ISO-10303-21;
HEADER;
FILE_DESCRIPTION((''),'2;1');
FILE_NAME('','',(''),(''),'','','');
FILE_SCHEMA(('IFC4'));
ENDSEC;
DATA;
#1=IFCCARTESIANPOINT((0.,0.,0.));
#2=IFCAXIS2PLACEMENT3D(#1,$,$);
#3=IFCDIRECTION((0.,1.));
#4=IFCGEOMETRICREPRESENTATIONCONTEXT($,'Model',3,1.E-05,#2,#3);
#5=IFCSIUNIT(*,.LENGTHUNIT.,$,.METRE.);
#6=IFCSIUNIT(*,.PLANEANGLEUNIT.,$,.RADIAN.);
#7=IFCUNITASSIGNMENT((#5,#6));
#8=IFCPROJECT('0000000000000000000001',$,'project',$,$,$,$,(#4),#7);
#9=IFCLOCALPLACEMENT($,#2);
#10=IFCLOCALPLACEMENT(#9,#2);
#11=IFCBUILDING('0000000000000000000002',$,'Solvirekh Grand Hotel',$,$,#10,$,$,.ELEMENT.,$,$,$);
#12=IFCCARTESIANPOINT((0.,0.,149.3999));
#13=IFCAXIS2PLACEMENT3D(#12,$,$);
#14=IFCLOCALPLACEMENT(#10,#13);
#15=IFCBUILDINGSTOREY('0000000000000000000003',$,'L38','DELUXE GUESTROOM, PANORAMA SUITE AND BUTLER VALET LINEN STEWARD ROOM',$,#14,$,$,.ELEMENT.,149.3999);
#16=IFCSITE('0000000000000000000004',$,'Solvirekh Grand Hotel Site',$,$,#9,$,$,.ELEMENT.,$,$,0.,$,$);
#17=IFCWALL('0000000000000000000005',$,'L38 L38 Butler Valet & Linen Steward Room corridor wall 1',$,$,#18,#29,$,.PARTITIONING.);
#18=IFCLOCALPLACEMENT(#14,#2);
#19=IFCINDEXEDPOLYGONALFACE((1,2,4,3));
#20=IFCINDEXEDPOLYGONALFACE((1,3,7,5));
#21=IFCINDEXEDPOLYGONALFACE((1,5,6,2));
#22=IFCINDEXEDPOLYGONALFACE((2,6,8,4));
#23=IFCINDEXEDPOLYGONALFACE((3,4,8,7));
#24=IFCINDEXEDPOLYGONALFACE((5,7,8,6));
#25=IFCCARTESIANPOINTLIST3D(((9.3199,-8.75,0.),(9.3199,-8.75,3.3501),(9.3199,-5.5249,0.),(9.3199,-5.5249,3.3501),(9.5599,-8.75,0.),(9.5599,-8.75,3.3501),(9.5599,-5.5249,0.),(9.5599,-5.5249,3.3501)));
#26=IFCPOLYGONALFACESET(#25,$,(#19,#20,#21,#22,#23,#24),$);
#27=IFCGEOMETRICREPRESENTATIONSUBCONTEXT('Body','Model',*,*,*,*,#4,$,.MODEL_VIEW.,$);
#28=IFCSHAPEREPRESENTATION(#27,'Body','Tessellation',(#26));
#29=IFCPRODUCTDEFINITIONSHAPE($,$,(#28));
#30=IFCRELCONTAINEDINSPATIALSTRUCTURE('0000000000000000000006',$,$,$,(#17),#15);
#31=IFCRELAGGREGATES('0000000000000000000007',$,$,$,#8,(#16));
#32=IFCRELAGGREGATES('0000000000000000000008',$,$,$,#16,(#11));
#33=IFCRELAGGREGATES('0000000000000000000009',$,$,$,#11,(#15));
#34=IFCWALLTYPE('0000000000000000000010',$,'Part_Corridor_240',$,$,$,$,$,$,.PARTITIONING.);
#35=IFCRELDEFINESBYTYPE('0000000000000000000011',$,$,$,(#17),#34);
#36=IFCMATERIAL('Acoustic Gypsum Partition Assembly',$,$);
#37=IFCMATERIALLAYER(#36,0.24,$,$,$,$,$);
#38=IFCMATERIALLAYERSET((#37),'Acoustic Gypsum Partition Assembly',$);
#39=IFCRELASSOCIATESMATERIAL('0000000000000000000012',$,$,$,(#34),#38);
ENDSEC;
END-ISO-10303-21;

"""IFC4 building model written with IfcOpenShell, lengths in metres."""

from ifc_helpers import new_model, si_unit, direction, frame, frame_2d, origin, place, context, subcontext, project, spatial, rectangle, extrude, material, layer, layer_set, type_object, element, save


model = new_model("IFC4")

# Units and contexts
model_context = context("Model", 3, precision=1e-05, world=origin(), true_north=direction((0.0, 1.0)))
body_context = subcontext(model_context, "Body", "Model", "MODEL_VIEW")
ifc_project = project(units=[si_unit("LENGTHUNIT", "METRE"), si_unit("PLANEANGLEUNIT", "RADIAN")], contexts=[model_context])

# Site, building, storey
site_placement = place(None, origin())
site = spatial("IfcSite", under=ifc_project, at=site_placement, Name="Solvirekh Grand Hotel Site", CompositionType="ELEMENT", RefElevation=0.0)
building_placement = place(site_placement, origin())
building = spatial("IfcBuilding", under=site, at=building_placement, Name="Solvirekh Grand Hotel", CompositionType="ELEMENT")
storey_placement = place(building_placement, frame((0.0, 0.0, 149.3999)))
storey = spatial("IfcBuildingStorey", under=building, at=storey_placement, Name="L38", Description="DELUXE GUESTROOM, PANORAMA SUITE AND BUTLER VALET LINEN STEWARD ROOM", CompositionType="ELEMENT", Elevation=149.3999)

# Wall
ifc_material_1 = material(Name="Acoustic Gypsum Partition Assembly")
ifc_layer_1 = layer(ifc_material_1, 0.24)
ifc_layer_set_1 = layer_set([ifc_layer_1], Name="Acoustic Gypsum Partition Assembly")
wall_type_1 = type_object("IfcWallType", Name="Part_Corridor_240", PredefinedType="PARTITIONING", material=ifc_layer_set_1)
wall_1_placement = place(storey_placement, frame((9.4399, -8.75, 0.0), z_axis=(0.0, 0.0, 1.0), x_axis=(0.0, 1.0, 0.0)))
element("IfcWall", 1, at=wall_1_placement, inside=storey, type_object=wall_type_1, Name="L38 L38 Butler Valet & Linen Steward Room corridor wall 1", PredefinedType="PARTITIONING", context=body_context, shape_type="SweptSolid", body=[
    extrude(rectangle(XDim=3.2251, YDim=0.24, at=frame_2d((1.6125, 0.0))), origin(), (0.0, 0.0, 1.0), 3.3501),
])

save(model, "model.ifc")
